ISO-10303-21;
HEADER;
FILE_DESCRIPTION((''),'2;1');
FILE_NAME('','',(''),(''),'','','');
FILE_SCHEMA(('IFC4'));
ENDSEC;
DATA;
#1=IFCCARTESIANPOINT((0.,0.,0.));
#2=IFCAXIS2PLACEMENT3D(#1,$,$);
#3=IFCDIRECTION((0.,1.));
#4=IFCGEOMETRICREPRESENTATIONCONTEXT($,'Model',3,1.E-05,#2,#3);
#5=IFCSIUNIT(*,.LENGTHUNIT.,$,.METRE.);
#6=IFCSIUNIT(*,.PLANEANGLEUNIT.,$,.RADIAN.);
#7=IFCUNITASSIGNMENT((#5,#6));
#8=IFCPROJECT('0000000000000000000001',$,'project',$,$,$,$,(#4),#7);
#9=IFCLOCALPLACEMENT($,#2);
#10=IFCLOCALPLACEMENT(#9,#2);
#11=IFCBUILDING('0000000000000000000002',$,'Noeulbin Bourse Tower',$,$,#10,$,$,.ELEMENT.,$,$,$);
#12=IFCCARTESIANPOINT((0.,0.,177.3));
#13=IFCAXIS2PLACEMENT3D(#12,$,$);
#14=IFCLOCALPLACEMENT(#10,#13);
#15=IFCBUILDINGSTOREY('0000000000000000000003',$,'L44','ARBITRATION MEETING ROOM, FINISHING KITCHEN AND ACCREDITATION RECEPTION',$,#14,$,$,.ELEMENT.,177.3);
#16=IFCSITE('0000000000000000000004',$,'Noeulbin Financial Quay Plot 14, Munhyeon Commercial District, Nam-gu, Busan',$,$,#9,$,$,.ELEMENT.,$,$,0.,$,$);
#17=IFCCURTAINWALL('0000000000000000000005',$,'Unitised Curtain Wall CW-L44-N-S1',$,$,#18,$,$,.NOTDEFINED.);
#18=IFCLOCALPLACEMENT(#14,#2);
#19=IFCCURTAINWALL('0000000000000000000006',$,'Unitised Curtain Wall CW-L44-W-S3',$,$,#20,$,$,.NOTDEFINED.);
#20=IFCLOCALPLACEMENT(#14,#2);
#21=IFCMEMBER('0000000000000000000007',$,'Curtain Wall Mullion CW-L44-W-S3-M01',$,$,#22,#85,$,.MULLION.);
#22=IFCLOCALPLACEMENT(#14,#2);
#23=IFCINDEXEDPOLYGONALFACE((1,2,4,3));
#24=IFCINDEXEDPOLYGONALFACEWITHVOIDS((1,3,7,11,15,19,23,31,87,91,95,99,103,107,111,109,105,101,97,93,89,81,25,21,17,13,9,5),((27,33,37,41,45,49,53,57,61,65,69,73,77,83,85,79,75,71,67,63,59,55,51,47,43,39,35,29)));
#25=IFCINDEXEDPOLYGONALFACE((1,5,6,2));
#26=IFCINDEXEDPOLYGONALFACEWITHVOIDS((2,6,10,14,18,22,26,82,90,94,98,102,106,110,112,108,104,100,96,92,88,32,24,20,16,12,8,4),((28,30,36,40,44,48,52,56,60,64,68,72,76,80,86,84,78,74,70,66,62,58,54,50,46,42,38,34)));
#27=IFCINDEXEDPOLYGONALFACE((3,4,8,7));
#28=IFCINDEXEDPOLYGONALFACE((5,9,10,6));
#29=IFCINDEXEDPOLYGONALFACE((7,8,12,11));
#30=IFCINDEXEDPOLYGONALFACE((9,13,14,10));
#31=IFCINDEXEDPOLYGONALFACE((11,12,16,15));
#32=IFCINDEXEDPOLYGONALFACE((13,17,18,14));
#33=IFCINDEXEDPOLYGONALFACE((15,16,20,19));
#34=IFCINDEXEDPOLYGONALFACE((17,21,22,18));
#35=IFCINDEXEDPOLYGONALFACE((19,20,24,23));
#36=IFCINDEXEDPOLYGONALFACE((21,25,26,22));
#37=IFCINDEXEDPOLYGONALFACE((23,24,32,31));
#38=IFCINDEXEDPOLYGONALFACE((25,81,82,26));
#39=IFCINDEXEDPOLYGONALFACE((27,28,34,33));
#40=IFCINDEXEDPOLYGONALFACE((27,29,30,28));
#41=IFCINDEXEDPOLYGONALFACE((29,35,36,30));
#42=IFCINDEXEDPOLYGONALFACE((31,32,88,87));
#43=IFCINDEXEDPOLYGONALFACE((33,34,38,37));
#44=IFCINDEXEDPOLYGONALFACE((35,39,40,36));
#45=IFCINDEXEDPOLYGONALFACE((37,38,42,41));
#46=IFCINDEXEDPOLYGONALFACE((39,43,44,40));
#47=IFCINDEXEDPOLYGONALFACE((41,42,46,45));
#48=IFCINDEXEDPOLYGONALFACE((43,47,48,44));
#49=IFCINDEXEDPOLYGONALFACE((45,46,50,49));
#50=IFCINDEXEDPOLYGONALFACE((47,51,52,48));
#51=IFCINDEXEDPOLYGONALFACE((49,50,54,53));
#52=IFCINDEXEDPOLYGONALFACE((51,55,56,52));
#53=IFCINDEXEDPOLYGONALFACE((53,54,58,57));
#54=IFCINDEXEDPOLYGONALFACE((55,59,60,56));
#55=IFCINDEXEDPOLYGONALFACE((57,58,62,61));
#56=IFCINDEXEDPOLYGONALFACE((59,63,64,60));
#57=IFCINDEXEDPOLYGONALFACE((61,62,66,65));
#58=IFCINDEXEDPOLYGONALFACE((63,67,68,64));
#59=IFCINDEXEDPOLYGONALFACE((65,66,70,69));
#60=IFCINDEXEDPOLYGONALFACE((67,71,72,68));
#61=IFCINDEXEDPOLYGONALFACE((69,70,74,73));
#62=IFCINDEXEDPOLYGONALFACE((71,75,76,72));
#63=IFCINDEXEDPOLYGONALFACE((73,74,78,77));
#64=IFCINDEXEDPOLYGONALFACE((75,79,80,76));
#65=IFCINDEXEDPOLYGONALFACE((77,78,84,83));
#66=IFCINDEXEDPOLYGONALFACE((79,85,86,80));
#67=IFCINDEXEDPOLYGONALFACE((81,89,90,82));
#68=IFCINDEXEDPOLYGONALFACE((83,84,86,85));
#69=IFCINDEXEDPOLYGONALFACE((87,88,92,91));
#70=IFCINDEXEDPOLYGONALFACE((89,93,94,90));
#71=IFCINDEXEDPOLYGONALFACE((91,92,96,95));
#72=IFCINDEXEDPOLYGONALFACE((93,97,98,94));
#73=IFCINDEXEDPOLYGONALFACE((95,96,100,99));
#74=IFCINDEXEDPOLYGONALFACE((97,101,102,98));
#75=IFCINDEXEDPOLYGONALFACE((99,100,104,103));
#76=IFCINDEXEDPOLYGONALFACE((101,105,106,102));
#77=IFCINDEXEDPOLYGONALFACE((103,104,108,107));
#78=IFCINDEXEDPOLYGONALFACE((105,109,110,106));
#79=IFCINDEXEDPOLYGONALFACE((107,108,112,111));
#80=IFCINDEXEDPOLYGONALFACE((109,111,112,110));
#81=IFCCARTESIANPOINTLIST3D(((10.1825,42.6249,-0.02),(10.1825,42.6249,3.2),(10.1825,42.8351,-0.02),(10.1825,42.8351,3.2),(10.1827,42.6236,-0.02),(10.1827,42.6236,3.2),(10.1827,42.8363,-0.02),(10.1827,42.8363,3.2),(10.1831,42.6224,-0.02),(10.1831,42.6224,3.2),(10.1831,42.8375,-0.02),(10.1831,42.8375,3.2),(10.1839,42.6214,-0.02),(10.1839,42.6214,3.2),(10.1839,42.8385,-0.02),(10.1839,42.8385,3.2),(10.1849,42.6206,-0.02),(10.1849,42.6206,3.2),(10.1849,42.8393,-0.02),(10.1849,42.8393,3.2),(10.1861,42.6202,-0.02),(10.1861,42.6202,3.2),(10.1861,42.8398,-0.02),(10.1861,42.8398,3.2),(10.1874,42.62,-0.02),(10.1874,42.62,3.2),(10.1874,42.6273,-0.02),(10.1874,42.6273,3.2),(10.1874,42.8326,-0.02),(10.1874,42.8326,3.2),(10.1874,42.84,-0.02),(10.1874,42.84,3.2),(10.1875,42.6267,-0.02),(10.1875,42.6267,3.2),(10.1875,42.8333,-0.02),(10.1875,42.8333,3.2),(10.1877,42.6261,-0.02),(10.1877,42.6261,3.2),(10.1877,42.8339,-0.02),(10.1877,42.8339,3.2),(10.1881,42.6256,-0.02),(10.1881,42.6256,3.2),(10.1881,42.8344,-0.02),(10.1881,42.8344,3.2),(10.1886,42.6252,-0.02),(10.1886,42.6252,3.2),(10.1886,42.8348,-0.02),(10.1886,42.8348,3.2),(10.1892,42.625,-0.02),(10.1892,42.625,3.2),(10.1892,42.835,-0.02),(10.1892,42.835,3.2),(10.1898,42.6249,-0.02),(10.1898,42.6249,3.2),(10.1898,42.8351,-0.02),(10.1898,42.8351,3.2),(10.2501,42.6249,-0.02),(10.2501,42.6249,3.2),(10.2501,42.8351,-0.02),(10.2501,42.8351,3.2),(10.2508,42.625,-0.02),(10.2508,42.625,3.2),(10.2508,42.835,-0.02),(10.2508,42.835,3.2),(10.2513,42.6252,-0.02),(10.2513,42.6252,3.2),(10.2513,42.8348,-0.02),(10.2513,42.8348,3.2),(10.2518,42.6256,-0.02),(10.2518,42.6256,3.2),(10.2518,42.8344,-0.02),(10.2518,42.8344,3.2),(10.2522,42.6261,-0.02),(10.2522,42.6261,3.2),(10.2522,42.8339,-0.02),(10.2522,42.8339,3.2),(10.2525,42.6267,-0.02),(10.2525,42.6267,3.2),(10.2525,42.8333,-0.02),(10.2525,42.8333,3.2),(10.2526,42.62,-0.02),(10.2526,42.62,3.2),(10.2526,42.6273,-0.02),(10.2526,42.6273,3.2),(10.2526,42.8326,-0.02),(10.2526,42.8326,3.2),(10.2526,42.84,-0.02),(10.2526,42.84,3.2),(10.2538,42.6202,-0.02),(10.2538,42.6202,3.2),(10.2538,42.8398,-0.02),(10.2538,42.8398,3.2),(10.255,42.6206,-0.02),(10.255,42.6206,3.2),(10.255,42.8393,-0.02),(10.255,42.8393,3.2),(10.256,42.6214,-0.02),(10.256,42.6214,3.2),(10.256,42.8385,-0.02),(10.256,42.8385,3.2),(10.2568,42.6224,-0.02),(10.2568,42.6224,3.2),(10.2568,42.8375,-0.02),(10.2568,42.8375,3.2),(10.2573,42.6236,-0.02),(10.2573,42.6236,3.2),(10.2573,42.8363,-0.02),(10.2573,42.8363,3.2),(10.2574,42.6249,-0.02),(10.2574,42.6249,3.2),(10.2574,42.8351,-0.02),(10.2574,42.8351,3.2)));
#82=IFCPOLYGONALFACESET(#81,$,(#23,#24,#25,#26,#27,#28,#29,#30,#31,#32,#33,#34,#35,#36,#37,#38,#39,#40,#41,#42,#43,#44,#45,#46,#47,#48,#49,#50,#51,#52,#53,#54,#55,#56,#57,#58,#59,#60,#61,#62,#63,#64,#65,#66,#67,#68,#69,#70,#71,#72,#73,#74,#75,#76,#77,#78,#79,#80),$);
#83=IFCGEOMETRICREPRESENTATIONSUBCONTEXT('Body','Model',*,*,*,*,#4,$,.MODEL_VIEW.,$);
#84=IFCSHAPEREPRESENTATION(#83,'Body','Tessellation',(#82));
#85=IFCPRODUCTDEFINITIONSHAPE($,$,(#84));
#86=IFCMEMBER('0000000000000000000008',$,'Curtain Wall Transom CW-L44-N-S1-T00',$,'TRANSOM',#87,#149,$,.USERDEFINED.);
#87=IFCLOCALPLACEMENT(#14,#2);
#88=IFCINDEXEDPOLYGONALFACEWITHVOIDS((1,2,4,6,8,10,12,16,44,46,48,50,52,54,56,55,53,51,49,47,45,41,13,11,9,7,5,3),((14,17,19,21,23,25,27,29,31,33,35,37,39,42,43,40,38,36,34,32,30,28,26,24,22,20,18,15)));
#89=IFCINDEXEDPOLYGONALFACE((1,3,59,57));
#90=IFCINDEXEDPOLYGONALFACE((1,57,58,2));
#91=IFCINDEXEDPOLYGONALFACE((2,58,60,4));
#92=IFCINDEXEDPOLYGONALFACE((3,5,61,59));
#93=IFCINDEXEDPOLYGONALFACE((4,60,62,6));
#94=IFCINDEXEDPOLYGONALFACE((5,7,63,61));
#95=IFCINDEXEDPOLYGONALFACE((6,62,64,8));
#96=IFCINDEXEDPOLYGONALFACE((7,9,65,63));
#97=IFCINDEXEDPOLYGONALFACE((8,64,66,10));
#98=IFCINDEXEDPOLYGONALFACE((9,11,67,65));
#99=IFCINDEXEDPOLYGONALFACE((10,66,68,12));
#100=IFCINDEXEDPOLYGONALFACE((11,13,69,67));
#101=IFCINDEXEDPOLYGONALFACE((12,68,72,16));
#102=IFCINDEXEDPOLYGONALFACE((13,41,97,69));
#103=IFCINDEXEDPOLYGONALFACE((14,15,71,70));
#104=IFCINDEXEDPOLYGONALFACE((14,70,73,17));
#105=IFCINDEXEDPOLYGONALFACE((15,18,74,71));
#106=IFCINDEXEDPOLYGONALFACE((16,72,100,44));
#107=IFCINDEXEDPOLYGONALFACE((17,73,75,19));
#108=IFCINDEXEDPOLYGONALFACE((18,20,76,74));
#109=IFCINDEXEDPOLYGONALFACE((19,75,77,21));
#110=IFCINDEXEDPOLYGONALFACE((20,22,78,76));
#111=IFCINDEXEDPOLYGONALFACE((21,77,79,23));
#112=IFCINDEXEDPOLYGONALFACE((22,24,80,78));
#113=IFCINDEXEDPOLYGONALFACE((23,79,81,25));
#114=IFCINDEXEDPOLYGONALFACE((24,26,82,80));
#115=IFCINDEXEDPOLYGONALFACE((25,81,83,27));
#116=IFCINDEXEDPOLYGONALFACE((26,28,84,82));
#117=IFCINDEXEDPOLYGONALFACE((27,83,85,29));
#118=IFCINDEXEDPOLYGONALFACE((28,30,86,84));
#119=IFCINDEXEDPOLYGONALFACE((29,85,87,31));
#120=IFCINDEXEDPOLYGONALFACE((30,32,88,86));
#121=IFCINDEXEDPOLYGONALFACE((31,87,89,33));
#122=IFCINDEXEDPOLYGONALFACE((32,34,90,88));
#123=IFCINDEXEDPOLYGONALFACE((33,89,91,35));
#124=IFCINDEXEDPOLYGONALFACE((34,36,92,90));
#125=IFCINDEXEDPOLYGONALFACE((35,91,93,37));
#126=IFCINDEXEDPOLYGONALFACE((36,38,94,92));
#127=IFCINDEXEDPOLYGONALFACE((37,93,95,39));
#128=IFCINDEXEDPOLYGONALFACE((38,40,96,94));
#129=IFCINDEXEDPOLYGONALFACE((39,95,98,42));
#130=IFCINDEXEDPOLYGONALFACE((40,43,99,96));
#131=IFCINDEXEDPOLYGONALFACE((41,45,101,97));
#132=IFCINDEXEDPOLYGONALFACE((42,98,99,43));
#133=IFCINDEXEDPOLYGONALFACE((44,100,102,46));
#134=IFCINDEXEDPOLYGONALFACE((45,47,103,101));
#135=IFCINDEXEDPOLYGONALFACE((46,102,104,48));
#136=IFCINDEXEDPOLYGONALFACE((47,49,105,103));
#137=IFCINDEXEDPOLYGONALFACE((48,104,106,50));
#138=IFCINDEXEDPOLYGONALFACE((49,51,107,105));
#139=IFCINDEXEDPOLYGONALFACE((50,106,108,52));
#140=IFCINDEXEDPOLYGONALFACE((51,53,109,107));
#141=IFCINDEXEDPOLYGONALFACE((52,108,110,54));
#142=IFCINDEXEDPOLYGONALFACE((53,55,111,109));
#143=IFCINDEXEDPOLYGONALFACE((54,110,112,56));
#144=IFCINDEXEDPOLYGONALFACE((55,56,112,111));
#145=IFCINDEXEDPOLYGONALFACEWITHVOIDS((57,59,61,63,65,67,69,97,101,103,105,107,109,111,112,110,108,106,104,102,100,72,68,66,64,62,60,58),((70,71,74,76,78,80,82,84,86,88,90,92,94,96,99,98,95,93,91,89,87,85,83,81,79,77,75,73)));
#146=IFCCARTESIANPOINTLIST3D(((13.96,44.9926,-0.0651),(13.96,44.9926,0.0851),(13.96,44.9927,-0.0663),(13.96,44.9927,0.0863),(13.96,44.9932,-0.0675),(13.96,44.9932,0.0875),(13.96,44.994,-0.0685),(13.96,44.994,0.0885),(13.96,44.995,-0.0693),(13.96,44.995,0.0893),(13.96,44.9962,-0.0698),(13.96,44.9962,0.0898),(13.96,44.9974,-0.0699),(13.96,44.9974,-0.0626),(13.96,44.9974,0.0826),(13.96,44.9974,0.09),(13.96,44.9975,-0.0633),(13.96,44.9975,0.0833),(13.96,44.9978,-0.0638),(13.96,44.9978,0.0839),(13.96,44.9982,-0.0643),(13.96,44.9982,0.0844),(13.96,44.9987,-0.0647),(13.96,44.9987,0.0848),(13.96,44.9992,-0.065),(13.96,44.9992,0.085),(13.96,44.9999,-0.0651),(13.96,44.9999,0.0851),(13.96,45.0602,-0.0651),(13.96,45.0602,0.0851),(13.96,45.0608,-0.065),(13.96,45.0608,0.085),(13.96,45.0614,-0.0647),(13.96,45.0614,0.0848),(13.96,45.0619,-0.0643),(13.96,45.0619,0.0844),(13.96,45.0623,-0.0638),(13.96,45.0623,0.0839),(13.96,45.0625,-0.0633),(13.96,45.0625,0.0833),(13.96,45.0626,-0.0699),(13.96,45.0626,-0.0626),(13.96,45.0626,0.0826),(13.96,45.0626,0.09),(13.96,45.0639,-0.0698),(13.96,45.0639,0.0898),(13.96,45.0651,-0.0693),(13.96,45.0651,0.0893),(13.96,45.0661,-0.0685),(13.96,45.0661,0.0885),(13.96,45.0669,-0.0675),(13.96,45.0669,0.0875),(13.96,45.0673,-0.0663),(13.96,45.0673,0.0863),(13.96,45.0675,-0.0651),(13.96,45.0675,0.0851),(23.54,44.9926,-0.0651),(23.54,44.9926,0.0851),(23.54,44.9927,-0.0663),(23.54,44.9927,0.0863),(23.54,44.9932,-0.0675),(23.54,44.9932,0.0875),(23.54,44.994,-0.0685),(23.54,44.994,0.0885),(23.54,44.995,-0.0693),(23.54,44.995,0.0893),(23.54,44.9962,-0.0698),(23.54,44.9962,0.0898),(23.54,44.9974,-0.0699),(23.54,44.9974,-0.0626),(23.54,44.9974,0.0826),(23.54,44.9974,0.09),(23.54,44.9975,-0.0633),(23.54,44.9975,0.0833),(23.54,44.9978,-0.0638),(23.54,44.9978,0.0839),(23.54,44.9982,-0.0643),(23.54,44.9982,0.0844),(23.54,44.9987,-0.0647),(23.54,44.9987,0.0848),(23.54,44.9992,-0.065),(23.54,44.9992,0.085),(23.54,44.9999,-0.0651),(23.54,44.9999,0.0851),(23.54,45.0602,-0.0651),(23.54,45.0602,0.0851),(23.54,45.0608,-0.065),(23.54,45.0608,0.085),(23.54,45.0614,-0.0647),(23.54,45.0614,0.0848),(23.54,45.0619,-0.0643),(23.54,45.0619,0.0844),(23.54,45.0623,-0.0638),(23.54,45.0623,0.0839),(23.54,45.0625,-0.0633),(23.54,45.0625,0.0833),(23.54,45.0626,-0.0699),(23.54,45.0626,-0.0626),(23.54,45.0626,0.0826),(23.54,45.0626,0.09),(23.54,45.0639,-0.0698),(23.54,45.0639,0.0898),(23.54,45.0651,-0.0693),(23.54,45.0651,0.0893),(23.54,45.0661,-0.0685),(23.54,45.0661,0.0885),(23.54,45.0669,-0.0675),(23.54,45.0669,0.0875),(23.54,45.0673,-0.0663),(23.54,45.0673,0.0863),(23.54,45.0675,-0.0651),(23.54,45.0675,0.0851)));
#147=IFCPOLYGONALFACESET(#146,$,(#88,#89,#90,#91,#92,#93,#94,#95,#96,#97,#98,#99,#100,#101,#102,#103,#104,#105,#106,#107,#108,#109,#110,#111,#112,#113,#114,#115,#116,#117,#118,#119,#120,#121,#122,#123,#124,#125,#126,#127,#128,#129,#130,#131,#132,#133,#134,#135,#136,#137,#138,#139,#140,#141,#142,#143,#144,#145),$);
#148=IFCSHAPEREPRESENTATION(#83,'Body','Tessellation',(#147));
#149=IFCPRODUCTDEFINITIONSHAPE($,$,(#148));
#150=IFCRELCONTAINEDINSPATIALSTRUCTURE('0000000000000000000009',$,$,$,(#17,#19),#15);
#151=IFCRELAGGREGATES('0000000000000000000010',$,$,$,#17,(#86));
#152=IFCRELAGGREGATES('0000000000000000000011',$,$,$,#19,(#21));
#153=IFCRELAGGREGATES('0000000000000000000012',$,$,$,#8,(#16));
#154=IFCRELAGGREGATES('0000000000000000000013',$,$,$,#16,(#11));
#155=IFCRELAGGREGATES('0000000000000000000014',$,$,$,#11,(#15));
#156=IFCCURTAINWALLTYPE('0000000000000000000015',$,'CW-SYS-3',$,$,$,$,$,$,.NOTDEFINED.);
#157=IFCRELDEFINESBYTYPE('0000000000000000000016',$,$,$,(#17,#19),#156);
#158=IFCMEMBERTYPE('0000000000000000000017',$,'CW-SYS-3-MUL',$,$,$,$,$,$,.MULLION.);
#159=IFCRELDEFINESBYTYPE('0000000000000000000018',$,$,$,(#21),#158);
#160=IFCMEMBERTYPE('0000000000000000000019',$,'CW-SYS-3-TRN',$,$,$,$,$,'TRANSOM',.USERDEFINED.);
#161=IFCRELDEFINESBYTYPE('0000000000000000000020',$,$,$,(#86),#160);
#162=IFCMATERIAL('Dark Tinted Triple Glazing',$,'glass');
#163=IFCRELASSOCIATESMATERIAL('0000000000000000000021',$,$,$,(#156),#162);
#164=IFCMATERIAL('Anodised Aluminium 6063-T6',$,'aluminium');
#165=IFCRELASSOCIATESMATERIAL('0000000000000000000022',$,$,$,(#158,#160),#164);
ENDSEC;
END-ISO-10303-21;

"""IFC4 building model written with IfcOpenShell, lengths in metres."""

from ifc_helpers import new_model, si_unit, direction, frame, origin, origin_2d, place, context, subcontext, project, spatial, hollow_rectangle, extrude, material, material_profile, profile_set, type_object, element, aggregate, save


model = new_model("IFC4")

# Units and contexts
model_context = context("Model", 3, precision=1e-05, world=origin(), true_north=direction((0.0, 1.0)))
body_context = subcontext(model_context, "Body", "Model", "MODEL_VIEW")
ifc_project = project(units=[si_unit("LENGTHUNIT", "METRE"), si_unit("PLANEANGLEUNIT", "RADIAN")], contexts=[model_context])

# Site, building, storey
site_placement = place(None, origin())
site = spatial("IfcSite", under=ifc_project, at=site_placement, Name="Noeulbin Financial Quay Plot 14, Munhyeon Commercial District, Nam-gu, Busan", CompositionType="ELEMENT", RefElevation=0.0)
building_placement = place(site_placement, origin())
building = spatial("IfcBuilding", under=site, at=building_placement, Name="Noeulbin Bourse Tower", CompositionType="ELEMENT")
storey_placement = place(building_placement, frame((0.0, 0.0, 177.3)))
storey = spatial("IfcBuildingStorey", under=building, at=storey_placement, Name="L44", Description="ARBITRATION MEETING ROOM, FINISHING KITCHEN AND ACCREDITATION RECEPTION", CompositionType="ELEMENT", Elevation=177.3)

# Curtain wall
ifc_material_1 = material(Name="Dark Tinted Triple Glazing", Category="glass")
curtain_wall_type = type_object("IfcCurtainWallType", Name="CW-SYS-3", PredefinedType="NOTDEFINED", material=ifc_material_1)
curtain_wall_1_placement = place(storey_placement, origin())
curtain_wall_1 = element("IfcCurtainWall", 1, at=curtain_wall_1_placement, inside=storey, type_object=curtain_wall_type, Name="Unitised Curtain Wall CW-L44-N-S1", PredefinedType="NOTDEFINED")
ifc_material_2 = material(Name="Anodised Aluminium 6063-T6", Category="aluminium")
ifc_material_profile_1 = material_profile(ifc_material_2, hollow_rectangle(XDim=0.075, YDim=0.22, WallThickness=0.0049, InnerFilletRadius=0.0024, OuterFilletRadius=0.0049, at=origin_2d()), Name="ALU-MULL-75x220x5", Category="LoadBearing")
ifc_profile_set_1 = profile_set([ifc_material_profile_1], Name="Anodised Aluminium 6063-T6")
member_type_1 = type_object("IfcMemberType", Name="CW-SYS-3-MUL", PredefinedType="MULLION", material=ifc_profile_set_1)

# Curtain wall, member
curtain_wall_2_placement = place(storey_placement, origin())
curtain_wall_2 = element("IfcCurtainWall", 2, at=curtain_wall_2_placement, inside=storey, type_object=curtain_wall_type, Name="Unitised Curtain Wall CW-L44-W-S3", PredefinedType="NOTDEFINED")
member_1_placement = place(storey_placement, frame((10.22, 42.73, -0.02), z_axis=(0.0, 0.0, 1.0), x_axis=(1.0, 0.0, 0.0)))
member_1 = element("IfcMember", 3, at=member_1_placement, type_object=member_type_1, Name="Curtain Wall Mullion CW-L44-W-S3-M01", PredefinedType="MULLION", context=body_context, shape_type="SweptSolid", body=[
    extrude(hollow_rectangle(XDim=0.075, YDim=0.22, WallThickness=0.0049, InnerFilletRadius=0.0024, OuterFilletRadius=0.0049, at=origin_2d()), origin(), (0.0, 0.0, 1.0), 3.22),
])

# Member
ifc_material_profile_2 = material_profile(ifc_material_2, hollow_rectangle(XDim=0.075, YDim=0.1599, WallThickness=0.0049, InnerFilletRadius=0.0024, OuterFilletRadius=0.0049, at=origin_2d()), Name="ALU-TRAN-75x160x5", Category="LoadBearing")
ifc_profile_set_2 = profile_set([ifc_material_profile_2], Name="Anodised Aluminium 6063-T6")
member_type_2 = type_object("IfcMemberType", Name="CW-SYS-3-TRN", ElementType="TRANSOM", PredefinedType="USERDEFINED", material=ifc_profile_set_2)
member_2_placement = place(storey_placement, frame((13.96, 45.03, 0.01), z_axis=(1.0, 0.0, 0.0), x_axis=(0.0, 1.0, 0.0)))
member_2 = element("IfcMember", 4, at=member_2_placement, type_object=member_type_2, Name="Curtain Wall Transom CW-L44-N-S1-T00", ObjectType="TRANSOM", PredefinedType="USERDEFINED", context=body_context, shape_type="SweptSolid", body=[
    extrude(hollow_rectangle(XDim=0.075, YDim=0.1599, WallThickness=0.0049, InnerFilletRadius=0.0024, OuterFilletRadius=0.0049, at=origin_2d()), origin(), (0.0, 0.0, 1.0), 9.5801),
])
aggregate(curtain_wall_1, [member_2])

aggregate(curtain_wall_2, [member_1])

save(model, "model.ifc")
